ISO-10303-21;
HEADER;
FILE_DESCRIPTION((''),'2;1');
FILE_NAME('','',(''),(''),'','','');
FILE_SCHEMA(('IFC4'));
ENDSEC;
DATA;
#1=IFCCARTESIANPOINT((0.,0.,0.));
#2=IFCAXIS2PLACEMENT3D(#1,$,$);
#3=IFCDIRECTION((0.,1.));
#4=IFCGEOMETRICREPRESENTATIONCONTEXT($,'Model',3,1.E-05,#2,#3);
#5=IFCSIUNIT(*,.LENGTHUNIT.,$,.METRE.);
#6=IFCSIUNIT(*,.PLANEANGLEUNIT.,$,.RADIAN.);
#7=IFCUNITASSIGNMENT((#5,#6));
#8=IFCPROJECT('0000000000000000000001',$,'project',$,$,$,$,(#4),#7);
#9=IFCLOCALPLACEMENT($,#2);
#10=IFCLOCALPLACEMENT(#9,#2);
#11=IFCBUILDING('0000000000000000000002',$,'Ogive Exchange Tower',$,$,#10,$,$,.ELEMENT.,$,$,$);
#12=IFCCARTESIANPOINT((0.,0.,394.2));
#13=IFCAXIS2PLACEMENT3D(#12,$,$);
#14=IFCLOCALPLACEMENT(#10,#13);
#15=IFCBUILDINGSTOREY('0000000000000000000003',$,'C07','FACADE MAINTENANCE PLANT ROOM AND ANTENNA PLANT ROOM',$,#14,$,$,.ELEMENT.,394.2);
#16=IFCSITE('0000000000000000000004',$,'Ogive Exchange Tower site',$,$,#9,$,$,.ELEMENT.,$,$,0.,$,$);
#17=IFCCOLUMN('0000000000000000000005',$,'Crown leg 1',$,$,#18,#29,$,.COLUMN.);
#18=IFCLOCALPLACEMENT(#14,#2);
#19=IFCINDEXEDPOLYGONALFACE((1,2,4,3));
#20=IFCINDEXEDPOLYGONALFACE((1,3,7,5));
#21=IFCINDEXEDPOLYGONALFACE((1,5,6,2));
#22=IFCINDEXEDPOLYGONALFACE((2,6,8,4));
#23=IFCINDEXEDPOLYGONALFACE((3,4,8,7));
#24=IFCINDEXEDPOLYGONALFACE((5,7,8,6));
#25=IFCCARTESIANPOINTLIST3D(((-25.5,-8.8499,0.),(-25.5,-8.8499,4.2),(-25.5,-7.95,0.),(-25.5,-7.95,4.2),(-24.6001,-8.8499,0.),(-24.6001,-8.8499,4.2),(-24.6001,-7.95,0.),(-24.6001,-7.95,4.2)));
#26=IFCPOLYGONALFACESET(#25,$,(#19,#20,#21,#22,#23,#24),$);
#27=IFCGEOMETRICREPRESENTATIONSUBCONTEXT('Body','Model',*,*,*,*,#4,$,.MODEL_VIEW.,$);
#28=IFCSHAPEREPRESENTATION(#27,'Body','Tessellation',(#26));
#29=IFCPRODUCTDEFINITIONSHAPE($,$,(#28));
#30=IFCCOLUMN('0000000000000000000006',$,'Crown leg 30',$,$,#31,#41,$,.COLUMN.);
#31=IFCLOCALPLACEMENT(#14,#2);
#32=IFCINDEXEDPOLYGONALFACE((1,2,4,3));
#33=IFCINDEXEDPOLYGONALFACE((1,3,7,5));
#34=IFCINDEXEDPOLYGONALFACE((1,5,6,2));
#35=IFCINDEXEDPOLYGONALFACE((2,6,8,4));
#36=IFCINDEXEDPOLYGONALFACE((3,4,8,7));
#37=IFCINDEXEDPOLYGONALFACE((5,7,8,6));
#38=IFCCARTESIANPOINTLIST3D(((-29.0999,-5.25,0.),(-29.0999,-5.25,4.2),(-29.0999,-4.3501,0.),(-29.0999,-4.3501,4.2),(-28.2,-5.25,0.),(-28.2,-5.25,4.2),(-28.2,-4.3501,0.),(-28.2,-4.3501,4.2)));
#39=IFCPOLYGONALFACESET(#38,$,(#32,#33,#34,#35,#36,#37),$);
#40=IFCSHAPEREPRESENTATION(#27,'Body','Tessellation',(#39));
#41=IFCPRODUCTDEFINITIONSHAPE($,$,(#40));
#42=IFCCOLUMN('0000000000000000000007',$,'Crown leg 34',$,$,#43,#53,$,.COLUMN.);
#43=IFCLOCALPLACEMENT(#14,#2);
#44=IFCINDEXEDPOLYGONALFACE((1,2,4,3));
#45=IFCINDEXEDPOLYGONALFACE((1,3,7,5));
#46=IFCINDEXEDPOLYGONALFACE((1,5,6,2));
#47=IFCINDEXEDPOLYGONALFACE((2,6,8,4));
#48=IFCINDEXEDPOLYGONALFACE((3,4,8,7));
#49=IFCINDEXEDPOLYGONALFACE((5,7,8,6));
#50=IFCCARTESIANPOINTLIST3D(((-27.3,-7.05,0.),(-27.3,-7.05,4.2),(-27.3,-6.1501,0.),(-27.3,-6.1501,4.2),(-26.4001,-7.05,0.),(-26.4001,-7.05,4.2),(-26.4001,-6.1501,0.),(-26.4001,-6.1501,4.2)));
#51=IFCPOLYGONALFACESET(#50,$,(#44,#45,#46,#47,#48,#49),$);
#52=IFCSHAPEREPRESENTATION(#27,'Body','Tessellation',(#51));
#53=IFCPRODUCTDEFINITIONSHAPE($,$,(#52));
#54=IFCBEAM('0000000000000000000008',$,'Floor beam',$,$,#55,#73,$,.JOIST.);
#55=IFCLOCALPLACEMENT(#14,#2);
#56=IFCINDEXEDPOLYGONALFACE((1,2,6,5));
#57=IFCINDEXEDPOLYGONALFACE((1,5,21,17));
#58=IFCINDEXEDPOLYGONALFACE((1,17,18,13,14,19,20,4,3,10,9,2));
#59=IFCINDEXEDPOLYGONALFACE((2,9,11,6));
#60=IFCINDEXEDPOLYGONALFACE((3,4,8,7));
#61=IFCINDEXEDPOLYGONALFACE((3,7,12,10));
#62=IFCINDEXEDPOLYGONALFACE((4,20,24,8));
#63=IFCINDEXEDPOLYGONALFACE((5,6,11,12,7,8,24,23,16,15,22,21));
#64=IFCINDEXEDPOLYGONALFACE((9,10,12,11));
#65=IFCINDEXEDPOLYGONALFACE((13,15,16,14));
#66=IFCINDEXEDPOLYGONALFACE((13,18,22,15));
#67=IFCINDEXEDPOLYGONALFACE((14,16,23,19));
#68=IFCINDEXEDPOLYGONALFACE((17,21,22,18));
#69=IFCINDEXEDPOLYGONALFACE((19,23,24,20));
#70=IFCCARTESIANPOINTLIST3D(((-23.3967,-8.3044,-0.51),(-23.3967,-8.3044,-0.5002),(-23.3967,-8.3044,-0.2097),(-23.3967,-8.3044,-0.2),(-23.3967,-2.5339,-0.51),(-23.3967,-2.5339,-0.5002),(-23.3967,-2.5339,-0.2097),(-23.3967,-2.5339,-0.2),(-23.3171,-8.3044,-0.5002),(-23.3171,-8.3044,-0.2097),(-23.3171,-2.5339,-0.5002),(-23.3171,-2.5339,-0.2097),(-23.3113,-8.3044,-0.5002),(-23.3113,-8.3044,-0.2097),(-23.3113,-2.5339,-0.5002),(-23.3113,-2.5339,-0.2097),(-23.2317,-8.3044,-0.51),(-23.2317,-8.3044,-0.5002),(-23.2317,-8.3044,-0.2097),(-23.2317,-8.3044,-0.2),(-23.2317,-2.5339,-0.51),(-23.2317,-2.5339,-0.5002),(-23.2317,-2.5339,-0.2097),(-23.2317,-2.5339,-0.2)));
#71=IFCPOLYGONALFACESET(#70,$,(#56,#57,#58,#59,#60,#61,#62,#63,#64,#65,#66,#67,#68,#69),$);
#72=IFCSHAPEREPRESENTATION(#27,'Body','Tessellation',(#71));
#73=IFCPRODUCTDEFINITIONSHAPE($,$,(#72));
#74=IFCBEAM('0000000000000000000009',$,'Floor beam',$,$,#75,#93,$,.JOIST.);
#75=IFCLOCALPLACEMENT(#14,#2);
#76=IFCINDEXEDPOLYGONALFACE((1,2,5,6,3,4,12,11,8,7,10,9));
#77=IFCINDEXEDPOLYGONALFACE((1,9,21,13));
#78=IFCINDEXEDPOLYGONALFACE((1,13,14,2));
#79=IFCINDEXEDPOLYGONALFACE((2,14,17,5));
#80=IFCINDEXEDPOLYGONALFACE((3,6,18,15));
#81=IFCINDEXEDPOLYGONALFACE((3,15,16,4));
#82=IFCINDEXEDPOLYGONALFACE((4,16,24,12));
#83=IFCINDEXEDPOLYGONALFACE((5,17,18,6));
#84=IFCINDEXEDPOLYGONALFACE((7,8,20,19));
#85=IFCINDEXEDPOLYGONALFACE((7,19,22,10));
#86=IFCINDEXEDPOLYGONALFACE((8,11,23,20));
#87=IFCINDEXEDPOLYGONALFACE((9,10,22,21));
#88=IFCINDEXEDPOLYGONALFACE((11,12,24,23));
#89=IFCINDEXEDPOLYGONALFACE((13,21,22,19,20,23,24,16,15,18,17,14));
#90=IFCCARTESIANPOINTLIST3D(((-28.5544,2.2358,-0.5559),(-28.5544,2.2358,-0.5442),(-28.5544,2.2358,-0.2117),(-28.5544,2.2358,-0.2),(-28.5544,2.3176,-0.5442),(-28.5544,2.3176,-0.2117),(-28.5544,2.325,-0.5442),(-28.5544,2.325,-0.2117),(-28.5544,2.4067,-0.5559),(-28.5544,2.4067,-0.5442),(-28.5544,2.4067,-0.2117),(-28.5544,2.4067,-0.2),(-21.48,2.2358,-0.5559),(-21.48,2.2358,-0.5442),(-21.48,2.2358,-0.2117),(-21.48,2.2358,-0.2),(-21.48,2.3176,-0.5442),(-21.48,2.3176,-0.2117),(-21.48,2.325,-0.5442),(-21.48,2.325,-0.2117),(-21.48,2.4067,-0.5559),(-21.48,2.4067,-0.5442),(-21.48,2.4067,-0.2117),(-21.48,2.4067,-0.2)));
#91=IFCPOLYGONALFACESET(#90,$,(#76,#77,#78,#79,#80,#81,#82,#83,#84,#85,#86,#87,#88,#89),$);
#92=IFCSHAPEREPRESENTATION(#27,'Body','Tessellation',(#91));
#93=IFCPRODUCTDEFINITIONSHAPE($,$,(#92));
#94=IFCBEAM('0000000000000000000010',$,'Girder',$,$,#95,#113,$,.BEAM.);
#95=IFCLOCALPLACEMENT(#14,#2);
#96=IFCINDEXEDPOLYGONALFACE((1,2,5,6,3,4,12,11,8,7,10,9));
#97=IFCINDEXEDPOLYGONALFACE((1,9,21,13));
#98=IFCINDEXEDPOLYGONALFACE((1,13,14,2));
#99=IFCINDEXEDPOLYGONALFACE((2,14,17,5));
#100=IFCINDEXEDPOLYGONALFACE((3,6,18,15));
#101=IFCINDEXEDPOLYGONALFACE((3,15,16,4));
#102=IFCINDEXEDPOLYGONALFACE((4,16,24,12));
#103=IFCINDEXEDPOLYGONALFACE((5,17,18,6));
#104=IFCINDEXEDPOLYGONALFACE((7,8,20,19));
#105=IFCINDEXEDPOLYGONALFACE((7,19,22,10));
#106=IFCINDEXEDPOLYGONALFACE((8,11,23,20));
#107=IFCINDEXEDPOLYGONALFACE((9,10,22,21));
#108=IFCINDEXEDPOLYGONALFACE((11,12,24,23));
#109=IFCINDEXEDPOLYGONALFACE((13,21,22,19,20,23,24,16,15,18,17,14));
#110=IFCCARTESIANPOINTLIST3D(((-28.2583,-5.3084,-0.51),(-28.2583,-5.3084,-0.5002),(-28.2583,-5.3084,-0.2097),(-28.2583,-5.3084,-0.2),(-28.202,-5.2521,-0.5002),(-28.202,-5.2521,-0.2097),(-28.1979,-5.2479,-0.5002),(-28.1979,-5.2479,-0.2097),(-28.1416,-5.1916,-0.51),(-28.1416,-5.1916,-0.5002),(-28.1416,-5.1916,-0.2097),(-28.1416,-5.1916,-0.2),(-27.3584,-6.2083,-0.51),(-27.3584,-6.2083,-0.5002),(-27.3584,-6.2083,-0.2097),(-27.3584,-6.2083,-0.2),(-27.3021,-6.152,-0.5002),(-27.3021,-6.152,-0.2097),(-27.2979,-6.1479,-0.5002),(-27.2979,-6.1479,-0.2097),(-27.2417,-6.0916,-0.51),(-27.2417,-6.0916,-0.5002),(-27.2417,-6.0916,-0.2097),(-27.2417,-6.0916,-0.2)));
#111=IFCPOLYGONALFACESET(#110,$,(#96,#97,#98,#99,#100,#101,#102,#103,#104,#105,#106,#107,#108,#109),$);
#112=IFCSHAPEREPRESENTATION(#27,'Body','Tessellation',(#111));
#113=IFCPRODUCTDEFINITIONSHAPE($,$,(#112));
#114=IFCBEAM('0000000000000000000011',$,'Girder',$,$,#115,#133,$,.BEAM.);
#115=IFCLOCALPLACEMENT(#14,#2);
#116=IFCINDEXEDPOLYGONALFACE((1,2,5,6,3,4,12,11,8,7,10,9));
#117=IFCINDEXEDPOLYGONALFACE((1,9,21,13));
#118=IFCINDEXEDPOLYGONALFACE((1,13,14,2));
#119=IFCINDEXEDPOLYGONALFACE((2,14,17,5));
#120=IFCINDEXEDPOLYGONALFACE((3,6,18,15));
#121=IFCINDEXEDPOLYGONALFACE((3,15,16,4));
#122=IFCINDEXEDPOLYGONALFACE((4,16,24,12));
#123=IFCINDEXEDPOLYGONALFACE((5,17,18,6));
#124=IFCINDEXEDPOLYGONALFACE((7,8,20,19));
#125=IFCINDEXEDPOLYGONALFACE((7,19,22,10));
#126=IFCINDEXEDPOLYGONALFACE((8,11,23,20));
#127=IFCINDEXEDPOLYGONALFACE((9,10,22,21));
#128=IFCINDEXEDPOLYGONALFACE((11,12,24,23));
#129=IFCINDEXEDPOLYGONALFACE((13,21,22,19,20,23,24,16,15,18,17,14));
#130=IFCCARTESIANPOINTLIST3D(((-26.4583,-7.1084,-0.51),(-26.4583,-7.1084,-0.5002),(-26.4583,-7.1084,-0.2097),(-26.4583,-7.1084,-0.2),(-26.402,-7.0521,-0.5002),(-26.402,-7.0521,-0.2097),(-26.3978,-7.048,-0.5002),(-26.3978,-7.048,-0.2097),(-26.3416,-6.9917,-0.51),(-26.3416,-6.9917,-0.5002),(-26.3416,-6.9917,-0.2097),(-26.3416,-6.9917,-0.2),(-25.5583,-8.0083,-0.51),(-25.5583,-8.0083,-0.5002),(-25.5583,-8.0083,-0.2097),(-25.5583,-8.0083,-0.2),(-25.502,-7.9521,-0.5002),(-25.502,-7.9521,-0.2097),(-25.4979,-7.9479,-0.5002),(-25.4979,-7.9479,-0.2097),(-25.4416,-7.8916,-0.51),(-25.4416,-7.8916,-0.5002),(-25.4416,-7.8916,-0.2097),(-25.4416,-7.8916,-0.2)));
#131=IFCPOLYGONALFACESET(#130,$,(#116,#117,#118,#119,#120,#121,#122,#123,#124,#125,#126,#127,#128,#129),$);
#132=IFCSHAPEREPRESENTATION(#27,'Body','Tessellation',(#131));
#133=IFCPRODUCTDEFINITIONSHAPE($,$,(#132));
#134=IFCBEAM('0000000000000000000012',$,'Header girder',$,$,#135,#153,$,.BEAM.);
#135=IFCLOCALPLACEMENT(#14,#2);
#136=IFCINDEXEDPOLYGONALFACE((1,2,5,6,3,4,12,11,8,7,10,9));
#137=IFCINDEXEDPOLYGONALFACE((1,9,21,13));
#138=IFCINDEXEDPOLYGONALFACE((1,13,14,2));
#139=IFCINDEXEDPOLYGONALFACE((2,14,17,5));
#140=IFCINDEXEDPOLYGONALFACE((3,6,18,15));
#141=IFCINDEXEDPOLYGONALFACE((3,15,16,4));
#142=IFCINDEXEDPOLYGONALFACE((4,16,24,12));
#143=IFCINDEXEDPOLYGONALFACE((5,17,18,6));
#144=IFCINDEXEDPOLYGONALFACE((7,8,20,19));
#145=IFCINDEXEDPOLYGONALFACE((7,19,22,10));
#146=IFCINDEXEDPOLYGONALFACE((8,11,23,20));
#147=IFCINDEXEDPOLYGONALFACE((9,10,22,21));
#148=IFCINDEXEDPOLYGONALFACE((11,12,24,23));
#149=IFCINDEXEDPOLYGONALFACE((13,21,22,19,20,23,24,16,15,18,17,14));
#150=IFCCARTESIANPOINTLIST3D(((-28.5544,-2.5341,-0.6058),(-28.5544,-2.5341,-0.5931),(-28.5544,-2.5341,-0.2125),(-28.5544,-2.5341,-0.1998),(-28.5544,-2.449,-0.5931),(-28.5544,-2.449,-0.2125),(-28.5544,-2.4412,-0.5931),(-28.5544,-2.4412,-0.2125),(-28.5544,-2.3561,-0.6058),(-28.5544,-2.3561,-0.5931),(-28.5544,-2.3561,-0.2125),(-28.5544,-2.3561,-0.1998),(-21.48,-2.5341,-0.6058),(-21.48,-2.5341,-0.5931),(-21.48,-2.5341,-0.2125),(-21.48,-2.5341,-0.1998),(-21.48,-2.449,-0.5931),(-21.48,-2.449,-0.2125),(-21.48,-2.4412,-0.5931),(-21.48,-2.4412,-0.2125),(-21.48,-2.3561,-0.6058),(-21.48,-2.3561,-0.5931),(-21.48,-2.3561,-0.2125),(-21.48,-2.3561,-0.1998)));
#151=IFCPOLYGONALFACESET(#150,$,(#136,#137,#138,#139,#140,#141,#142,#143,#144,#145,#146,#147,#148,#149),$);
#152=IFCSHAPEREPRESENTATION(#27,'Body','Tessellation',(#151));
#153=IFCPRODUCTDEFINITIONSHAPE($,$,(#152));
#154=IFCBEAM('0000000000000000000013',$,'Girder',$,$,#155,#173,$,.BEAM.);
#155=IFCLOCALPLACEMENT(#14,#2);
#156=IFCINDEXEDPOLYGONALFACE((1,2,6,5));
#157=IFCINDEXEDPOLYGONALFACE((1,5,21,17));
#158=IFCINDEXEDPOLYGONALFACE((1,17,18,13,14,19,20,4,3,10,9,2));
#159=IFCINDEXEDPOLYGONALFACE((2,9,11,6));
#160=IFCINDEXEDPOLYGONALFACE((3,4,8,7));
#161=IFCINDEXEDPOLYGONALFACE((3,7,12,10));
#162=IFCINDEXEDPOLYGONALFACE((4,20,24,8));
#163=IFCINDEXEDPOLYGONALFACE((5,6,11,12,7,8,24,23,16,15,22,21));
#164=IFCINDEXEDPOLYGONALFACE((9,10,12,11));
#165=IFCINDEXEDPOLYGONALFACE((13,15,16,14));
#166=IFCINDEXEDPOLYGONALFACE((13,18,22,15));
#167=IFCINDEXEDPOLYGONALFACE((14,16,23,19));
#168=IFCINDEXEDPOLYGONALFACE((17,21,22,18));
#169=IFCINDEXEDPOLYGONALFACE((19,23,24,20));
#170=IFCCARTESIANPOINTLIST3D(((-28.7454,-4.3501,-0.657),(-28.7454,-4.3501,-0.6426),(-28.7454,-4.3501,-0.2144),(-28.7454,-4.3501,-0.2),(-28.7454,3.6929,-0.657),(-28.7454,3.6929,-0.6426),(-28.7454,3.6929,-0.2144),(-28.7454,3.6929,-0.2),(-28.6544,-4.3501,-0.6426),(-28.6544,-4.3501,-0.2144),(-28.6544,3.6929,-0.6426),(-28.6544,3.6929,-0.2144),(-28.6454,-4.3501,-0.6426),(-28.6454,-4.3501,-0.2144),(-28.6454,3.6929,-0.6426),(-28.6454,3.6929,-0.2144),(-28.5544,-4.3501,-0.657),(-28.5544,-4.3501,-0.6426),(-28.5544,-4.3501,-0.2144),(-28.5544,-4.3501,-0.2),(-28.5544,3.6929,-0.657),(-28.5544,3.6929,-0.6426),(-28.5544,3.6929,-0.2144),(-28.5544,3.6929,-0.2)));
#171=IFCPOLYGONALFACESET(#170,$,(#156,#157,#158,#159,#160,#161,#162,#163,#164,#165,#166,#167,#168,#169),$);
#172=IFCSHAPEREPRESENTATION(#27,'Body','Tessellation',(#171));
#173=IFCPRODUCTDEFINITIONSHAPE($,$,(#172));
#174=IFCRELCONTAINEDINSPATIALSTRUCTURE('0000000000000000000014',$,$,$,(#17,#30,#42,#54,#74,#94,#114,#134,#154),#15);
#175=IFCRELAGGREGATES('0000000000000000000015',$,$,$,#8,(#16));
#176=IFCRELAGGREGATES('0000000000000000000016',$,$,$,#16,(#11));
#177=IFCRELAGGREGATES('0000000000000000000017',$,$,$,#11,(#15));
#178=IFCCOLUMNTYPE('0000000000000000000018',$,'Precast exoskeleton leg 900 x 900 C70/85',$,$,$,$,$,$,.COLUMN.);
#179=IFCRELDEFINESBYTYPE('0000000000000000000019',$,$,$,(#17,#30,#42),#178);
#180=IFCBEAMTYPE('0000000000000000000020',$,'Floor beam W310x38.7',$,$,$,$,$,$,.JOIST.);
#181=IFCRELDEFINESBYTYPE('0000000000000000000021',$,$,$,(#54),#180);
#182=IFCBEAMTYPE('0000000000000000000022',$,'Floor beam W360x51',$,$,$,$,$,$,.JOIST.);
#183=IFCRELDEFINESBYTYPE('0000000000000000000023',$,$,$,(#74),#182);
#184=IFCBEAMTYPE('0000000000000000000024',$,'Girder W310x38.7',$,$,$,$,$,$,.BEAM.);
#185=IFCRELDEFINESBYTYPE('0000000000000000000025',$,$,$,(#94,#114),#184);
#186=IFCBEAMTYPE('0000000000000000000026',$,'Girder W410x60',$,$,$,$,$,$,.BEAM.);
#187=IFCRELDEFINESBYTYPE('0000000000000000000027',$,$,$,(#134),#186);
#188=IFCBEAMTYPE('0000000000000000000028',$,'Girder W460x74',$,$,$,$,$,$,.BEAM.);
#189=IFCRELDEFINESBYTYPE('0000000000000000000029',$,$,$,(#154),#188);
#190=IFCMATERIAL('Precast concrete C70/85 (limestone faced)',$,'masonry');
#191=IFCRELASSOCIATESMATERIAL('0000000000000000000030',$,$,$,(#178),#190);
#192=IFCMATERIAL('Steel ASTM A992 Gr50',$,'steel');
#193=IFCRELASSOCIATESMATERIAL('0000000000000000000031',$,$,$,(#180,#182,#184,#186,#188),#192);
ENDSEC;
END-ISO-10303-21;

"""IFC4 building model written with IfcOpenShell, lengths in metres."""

from ifc_helpers import new_model, si_unit, direction, frame, origin, origin_2d, place, context, subcontext, project, spatial, rectangle, i_section, extrude, material, material_profile, profile_set, type_object, element, save


model = new_model("IFC4")

# Units and contexts
model_context = context("Model", 3, precision=1e-05, world=origin(), true_north=direction((0.0, 1.0)))
body_context = subcontext(model_context, "Body", "Model", "MODEL_VIEW")
ifc_project = project(units=[si_unit("LENGTHUNIT", "METRE"), si_unit("PLANEANGLEUNIT", "RADIAN")], contexts=[model_context])

# Site, building, storey
site_placement = place(None, origin())
site = spatial("IfcSite", under=ifc_project, at=site_placement, Name="Ogive Exchange Tower site", CompositionType="ELEMENT", RefElevation=0.0)
building_placement = place(site_placement, origin())
building = spatial("IfcBuilding", under=site, at=building_placement, Name="Ogive Exchange Tower", CompositionType="ELEMENT")
storey_placement = place(building_placement, frame((0.0, 0.0, 394.2)))
storey = spatial("IfcBuildingStorey", under=building, at=storey_placement, Name="C07", Description="FACADE MAINTENANCE PLANT ROOM AND ANTENNA PLANT ROOM", CompositionType="ELEMENT", Elevation=394.2)

# Columns
ifc_material_1 = material(Name="Precast concrete C70/85 (limestone faced)", Category="masonry")
ifc_material_profile_1 = material_profile(ifc_material_1, rectangle(XDim=0.8999, YDim=0.8999, at=origin_2d()), Name="900 x 900")
ifc_profile_set_1 = profile_set([ifc_material_profile_1], Name="Precast concrete C70/85 (limestone faced)")
column_type = type_object("IfcColumnType", Name="Precast exoskeleton leg 900 x 900 C70/85", PredefinedType="COLUMN", material=ifc_profile_set_1)
for number, where, z_axis, x_axis, name in (
    (1, (-25.05, -8.3999, 0.0), (0.0, 0.0, 1.0), (1.0, 0.0, 0.0), "Crown leg 1"),
    (2, (-28.6499, -4.8, 0.0), (0.0, 0.0, 1.0), (1.0, 0.0, 0.0), "Crown leg 30"),
    (3, (-26.8501, -6.6001, 0.0), (0.0, 0.0, 1.0), (1.0, 0.0, 0.0), "Crown leg 34"),
):
    element("IfcColumn", number, at=place(storey_placement, frame(where, z_axis=z_axis, x_axis=x_axis)), inside=storey, type_object=column_type, Name=name, PredefinedType="COLUMN", context=body_context, shape_type="SweptSolid", body=[
        extrude(rectangle(XDim=0.8999, YDim=0.8999, at=origin_2d()), origin(), (0.0, 0.0, 1.0), 4.2),
    ])

# Beams
ifc_material_2 = material(Name="Steel ASTM A992 Gr50", Category="steel")
ifc_material_profile_2 = material_profile(ifc_material_2, i_section(OverallWidth=0.165, OverallDepth=0.3101, WebThickness=0.0059, FlangeThickness=0.0098, at=origin_2d()), Name="W310x38.7")
ifc_profile_set_2 = profile_set([ifc_material_profile_2], Name="Steel ASTM A992 Gr50")
beam_type_1 = type_object("IfcBeamType", Name="Floor beam W310x38.7", PredefinedType="JOIST", material=ifc_profile_set_2)
beam_1_placement = place(storey_placement, frame((-23.3142, -8.3044, -0.355), z_axis=(0.0, 1.0, 0.0), x_axis=(-1.0, 0.0, 0.0)))
element("IfcBeam", 4, at=beam_1_placement, inside=storey, type_object=beam_type_1, Name="Floor beam", PredefinedType="JOIST", context=body_context, shape_type="SweptSolid", body=[
    extrude(i_section(OverallWidth=0.165, OverallDepth=0.3101, WebThickness=0.0059, FlangeThickness=0.0098, at=origin_2d()), origin(), (0.0, 0.0, 1.0), 5.7705),
])
ifc_material_profile_3 = material_profile(ifc_material_2, i_section(OverallWidth=0.1709, OverallDepth=0.356, WebThickness=0.0073, FlangeThickness=0.0117, at=origin_2d()), Name="W360x51")
ifc_profile_set_3 = profile_set([ifc_material_profile_3], Name="Steel ASTM A992 Gr50")
beam_type_2 = type_object("IfcBeamType", Name="Floor beam W360x51", PredefinedType="JOIST", material=ifc_profile_set_3)
beam_2_placement = place(storey_placement, frame((-28.5544, 2.3213, -0.3779), z_axis=(1.0, 0.0, 0.0), x_axis=(0.0, 1.0, 0.0)))
element("IfcBeam", 5, at=beam_2_placement, inside=storey, type_object=beam_type_2, Name="Floor beam", PredefinedType="JOIST", context=body_context, shape_type="SweptSolid", body=[
    extrude(i_section(OverallWidth=0.1709, OverallDepth=0.356, WebThickness=0.0073, FlangeThickness=0.0117, at=origin_2d()), origin(), (0.0, 0.0, 1.0), 7.0745),
])
ifc_material_profile_4 = material_profile(ifc_material_2, i_section(OverallWidth=0.165, OverallDepth=0.3101, WebThickness=0.0059, FlangeThickness=0.0098, at=origin_2d()), Name="W310x38.7")
ifc_profile_set_4 = profile_set([ifc_material_profile_4], Name="Steel ASTM A992 Gr50")
beam_type_3 = type_object("IfcBeamType", Name="Girder W310x38.7", PredefinedType="BEAM", material=ifc_profile_set_4)
for number, where, z_axis, x_axis, name in (
    (6, (-28.2, -5.25, -0.355), (0.707107, -0.707107, 0.0), (0.707107, 0.707107, 0.0), "Girder"),
    (7, (-26.3999, -7.05, -0.355), (0.707107, -0.707107, 0.0), (0.707107, 0.707107, 0.0), "Girder"),
):
    element("IfcBeam", number, at=place(storey_placement, frame(where, z_axis=z_axis, x_axis=x_axis)), inside=storey, type_object=beam_type_3, Name=name, PredefinedType="BEAM", context=body_context, shape_type="SweptSolid", body=[
        extrude(i_section(OverallWidth=0.165, OverallDepth=0.3101, WebThickness=0.0059, FlangeThickness=0.0098, at=origin_2d()), origin(), (0.0, 0.0, 1.0), 1.2727),
    ])
ifc_material_profile_5 = material_profile(ifc_material_2, i_section(OverallWidth=0.178, OverallDepth=0.406, WebThickness=0.0078, FlangeThickness=0.0127, at=origin_2d()), Name="W410x60")
ifc_profile_set_5 = profile_set([ifc_material_profile_5], Name="Steel ASTM A992 Gr50")
beam_type_4 = type_object("IfcBeamType", Name="Girder W410x60", PredefinedType="BEAM", material=ifc_profile_set_5)
beam_3_placement = place(storey_placement, frame((-28.5544, -2.4451, -0.4028), z_axis=(1.0, 0.0, 0.0), x_axis=(0.0, 1.0, 0.0)))
element("IfcBeam", 8, at=beam_3_placement, inside=storey, type_object=beam_type_4, Name="Header girder", PredefinedType="BEAM", context=body_context, shape_type="SweptSolid", body=[
    extrude(i_section(OverallWidth=0.178, OverallDepth=0.406, WebThickness=0.0078, FlangeThickness=0.0127, at=origin_2d()), origin(), (0.0, 0.0, 1.0), 7.0745),
])
ifc_material_profile_6 = material_profile(ifc_material_2, i_section(OverallWidth=0.1909, OverallDepth=0.457, WebThickness=0.009, FlangeThickness=0.0144, at=origin_2d()), Name="W460x74")
ifc_profile_set_6 = profile_set([ifc_material_profile_6], Name="Steel ASTM A992 Gr50")
beam_type_5 = type_object("IfcBeamType", Name="Girder W460x74", PredefinedType="BEAM", material=ifc_profile_set_6)
beam_4_placement = place(storey_placement, frame((-28.6499, 3.6929, -0.4285), z_axis=(0.0, -1.0, 0.0), x_axis=(1.0, 0.0, 0.0)))
element("IfcBeam", 9, at=beam_4_placement, inside=storey, type_object=beam_type_5, Name="Girder", PredefinedType="BEAM", context=body_context, shape_type="SweptSolid", body=[
    extrude(i_section(OverallWidth=0.1909, OverallDepth=0.457, WebThickness=0.009, FlangeThickness=0.0144, at=origin_2d()), origin(), (0.0, 0.0, 1.0), 8.043),
])

save(model, "model.ifc")
